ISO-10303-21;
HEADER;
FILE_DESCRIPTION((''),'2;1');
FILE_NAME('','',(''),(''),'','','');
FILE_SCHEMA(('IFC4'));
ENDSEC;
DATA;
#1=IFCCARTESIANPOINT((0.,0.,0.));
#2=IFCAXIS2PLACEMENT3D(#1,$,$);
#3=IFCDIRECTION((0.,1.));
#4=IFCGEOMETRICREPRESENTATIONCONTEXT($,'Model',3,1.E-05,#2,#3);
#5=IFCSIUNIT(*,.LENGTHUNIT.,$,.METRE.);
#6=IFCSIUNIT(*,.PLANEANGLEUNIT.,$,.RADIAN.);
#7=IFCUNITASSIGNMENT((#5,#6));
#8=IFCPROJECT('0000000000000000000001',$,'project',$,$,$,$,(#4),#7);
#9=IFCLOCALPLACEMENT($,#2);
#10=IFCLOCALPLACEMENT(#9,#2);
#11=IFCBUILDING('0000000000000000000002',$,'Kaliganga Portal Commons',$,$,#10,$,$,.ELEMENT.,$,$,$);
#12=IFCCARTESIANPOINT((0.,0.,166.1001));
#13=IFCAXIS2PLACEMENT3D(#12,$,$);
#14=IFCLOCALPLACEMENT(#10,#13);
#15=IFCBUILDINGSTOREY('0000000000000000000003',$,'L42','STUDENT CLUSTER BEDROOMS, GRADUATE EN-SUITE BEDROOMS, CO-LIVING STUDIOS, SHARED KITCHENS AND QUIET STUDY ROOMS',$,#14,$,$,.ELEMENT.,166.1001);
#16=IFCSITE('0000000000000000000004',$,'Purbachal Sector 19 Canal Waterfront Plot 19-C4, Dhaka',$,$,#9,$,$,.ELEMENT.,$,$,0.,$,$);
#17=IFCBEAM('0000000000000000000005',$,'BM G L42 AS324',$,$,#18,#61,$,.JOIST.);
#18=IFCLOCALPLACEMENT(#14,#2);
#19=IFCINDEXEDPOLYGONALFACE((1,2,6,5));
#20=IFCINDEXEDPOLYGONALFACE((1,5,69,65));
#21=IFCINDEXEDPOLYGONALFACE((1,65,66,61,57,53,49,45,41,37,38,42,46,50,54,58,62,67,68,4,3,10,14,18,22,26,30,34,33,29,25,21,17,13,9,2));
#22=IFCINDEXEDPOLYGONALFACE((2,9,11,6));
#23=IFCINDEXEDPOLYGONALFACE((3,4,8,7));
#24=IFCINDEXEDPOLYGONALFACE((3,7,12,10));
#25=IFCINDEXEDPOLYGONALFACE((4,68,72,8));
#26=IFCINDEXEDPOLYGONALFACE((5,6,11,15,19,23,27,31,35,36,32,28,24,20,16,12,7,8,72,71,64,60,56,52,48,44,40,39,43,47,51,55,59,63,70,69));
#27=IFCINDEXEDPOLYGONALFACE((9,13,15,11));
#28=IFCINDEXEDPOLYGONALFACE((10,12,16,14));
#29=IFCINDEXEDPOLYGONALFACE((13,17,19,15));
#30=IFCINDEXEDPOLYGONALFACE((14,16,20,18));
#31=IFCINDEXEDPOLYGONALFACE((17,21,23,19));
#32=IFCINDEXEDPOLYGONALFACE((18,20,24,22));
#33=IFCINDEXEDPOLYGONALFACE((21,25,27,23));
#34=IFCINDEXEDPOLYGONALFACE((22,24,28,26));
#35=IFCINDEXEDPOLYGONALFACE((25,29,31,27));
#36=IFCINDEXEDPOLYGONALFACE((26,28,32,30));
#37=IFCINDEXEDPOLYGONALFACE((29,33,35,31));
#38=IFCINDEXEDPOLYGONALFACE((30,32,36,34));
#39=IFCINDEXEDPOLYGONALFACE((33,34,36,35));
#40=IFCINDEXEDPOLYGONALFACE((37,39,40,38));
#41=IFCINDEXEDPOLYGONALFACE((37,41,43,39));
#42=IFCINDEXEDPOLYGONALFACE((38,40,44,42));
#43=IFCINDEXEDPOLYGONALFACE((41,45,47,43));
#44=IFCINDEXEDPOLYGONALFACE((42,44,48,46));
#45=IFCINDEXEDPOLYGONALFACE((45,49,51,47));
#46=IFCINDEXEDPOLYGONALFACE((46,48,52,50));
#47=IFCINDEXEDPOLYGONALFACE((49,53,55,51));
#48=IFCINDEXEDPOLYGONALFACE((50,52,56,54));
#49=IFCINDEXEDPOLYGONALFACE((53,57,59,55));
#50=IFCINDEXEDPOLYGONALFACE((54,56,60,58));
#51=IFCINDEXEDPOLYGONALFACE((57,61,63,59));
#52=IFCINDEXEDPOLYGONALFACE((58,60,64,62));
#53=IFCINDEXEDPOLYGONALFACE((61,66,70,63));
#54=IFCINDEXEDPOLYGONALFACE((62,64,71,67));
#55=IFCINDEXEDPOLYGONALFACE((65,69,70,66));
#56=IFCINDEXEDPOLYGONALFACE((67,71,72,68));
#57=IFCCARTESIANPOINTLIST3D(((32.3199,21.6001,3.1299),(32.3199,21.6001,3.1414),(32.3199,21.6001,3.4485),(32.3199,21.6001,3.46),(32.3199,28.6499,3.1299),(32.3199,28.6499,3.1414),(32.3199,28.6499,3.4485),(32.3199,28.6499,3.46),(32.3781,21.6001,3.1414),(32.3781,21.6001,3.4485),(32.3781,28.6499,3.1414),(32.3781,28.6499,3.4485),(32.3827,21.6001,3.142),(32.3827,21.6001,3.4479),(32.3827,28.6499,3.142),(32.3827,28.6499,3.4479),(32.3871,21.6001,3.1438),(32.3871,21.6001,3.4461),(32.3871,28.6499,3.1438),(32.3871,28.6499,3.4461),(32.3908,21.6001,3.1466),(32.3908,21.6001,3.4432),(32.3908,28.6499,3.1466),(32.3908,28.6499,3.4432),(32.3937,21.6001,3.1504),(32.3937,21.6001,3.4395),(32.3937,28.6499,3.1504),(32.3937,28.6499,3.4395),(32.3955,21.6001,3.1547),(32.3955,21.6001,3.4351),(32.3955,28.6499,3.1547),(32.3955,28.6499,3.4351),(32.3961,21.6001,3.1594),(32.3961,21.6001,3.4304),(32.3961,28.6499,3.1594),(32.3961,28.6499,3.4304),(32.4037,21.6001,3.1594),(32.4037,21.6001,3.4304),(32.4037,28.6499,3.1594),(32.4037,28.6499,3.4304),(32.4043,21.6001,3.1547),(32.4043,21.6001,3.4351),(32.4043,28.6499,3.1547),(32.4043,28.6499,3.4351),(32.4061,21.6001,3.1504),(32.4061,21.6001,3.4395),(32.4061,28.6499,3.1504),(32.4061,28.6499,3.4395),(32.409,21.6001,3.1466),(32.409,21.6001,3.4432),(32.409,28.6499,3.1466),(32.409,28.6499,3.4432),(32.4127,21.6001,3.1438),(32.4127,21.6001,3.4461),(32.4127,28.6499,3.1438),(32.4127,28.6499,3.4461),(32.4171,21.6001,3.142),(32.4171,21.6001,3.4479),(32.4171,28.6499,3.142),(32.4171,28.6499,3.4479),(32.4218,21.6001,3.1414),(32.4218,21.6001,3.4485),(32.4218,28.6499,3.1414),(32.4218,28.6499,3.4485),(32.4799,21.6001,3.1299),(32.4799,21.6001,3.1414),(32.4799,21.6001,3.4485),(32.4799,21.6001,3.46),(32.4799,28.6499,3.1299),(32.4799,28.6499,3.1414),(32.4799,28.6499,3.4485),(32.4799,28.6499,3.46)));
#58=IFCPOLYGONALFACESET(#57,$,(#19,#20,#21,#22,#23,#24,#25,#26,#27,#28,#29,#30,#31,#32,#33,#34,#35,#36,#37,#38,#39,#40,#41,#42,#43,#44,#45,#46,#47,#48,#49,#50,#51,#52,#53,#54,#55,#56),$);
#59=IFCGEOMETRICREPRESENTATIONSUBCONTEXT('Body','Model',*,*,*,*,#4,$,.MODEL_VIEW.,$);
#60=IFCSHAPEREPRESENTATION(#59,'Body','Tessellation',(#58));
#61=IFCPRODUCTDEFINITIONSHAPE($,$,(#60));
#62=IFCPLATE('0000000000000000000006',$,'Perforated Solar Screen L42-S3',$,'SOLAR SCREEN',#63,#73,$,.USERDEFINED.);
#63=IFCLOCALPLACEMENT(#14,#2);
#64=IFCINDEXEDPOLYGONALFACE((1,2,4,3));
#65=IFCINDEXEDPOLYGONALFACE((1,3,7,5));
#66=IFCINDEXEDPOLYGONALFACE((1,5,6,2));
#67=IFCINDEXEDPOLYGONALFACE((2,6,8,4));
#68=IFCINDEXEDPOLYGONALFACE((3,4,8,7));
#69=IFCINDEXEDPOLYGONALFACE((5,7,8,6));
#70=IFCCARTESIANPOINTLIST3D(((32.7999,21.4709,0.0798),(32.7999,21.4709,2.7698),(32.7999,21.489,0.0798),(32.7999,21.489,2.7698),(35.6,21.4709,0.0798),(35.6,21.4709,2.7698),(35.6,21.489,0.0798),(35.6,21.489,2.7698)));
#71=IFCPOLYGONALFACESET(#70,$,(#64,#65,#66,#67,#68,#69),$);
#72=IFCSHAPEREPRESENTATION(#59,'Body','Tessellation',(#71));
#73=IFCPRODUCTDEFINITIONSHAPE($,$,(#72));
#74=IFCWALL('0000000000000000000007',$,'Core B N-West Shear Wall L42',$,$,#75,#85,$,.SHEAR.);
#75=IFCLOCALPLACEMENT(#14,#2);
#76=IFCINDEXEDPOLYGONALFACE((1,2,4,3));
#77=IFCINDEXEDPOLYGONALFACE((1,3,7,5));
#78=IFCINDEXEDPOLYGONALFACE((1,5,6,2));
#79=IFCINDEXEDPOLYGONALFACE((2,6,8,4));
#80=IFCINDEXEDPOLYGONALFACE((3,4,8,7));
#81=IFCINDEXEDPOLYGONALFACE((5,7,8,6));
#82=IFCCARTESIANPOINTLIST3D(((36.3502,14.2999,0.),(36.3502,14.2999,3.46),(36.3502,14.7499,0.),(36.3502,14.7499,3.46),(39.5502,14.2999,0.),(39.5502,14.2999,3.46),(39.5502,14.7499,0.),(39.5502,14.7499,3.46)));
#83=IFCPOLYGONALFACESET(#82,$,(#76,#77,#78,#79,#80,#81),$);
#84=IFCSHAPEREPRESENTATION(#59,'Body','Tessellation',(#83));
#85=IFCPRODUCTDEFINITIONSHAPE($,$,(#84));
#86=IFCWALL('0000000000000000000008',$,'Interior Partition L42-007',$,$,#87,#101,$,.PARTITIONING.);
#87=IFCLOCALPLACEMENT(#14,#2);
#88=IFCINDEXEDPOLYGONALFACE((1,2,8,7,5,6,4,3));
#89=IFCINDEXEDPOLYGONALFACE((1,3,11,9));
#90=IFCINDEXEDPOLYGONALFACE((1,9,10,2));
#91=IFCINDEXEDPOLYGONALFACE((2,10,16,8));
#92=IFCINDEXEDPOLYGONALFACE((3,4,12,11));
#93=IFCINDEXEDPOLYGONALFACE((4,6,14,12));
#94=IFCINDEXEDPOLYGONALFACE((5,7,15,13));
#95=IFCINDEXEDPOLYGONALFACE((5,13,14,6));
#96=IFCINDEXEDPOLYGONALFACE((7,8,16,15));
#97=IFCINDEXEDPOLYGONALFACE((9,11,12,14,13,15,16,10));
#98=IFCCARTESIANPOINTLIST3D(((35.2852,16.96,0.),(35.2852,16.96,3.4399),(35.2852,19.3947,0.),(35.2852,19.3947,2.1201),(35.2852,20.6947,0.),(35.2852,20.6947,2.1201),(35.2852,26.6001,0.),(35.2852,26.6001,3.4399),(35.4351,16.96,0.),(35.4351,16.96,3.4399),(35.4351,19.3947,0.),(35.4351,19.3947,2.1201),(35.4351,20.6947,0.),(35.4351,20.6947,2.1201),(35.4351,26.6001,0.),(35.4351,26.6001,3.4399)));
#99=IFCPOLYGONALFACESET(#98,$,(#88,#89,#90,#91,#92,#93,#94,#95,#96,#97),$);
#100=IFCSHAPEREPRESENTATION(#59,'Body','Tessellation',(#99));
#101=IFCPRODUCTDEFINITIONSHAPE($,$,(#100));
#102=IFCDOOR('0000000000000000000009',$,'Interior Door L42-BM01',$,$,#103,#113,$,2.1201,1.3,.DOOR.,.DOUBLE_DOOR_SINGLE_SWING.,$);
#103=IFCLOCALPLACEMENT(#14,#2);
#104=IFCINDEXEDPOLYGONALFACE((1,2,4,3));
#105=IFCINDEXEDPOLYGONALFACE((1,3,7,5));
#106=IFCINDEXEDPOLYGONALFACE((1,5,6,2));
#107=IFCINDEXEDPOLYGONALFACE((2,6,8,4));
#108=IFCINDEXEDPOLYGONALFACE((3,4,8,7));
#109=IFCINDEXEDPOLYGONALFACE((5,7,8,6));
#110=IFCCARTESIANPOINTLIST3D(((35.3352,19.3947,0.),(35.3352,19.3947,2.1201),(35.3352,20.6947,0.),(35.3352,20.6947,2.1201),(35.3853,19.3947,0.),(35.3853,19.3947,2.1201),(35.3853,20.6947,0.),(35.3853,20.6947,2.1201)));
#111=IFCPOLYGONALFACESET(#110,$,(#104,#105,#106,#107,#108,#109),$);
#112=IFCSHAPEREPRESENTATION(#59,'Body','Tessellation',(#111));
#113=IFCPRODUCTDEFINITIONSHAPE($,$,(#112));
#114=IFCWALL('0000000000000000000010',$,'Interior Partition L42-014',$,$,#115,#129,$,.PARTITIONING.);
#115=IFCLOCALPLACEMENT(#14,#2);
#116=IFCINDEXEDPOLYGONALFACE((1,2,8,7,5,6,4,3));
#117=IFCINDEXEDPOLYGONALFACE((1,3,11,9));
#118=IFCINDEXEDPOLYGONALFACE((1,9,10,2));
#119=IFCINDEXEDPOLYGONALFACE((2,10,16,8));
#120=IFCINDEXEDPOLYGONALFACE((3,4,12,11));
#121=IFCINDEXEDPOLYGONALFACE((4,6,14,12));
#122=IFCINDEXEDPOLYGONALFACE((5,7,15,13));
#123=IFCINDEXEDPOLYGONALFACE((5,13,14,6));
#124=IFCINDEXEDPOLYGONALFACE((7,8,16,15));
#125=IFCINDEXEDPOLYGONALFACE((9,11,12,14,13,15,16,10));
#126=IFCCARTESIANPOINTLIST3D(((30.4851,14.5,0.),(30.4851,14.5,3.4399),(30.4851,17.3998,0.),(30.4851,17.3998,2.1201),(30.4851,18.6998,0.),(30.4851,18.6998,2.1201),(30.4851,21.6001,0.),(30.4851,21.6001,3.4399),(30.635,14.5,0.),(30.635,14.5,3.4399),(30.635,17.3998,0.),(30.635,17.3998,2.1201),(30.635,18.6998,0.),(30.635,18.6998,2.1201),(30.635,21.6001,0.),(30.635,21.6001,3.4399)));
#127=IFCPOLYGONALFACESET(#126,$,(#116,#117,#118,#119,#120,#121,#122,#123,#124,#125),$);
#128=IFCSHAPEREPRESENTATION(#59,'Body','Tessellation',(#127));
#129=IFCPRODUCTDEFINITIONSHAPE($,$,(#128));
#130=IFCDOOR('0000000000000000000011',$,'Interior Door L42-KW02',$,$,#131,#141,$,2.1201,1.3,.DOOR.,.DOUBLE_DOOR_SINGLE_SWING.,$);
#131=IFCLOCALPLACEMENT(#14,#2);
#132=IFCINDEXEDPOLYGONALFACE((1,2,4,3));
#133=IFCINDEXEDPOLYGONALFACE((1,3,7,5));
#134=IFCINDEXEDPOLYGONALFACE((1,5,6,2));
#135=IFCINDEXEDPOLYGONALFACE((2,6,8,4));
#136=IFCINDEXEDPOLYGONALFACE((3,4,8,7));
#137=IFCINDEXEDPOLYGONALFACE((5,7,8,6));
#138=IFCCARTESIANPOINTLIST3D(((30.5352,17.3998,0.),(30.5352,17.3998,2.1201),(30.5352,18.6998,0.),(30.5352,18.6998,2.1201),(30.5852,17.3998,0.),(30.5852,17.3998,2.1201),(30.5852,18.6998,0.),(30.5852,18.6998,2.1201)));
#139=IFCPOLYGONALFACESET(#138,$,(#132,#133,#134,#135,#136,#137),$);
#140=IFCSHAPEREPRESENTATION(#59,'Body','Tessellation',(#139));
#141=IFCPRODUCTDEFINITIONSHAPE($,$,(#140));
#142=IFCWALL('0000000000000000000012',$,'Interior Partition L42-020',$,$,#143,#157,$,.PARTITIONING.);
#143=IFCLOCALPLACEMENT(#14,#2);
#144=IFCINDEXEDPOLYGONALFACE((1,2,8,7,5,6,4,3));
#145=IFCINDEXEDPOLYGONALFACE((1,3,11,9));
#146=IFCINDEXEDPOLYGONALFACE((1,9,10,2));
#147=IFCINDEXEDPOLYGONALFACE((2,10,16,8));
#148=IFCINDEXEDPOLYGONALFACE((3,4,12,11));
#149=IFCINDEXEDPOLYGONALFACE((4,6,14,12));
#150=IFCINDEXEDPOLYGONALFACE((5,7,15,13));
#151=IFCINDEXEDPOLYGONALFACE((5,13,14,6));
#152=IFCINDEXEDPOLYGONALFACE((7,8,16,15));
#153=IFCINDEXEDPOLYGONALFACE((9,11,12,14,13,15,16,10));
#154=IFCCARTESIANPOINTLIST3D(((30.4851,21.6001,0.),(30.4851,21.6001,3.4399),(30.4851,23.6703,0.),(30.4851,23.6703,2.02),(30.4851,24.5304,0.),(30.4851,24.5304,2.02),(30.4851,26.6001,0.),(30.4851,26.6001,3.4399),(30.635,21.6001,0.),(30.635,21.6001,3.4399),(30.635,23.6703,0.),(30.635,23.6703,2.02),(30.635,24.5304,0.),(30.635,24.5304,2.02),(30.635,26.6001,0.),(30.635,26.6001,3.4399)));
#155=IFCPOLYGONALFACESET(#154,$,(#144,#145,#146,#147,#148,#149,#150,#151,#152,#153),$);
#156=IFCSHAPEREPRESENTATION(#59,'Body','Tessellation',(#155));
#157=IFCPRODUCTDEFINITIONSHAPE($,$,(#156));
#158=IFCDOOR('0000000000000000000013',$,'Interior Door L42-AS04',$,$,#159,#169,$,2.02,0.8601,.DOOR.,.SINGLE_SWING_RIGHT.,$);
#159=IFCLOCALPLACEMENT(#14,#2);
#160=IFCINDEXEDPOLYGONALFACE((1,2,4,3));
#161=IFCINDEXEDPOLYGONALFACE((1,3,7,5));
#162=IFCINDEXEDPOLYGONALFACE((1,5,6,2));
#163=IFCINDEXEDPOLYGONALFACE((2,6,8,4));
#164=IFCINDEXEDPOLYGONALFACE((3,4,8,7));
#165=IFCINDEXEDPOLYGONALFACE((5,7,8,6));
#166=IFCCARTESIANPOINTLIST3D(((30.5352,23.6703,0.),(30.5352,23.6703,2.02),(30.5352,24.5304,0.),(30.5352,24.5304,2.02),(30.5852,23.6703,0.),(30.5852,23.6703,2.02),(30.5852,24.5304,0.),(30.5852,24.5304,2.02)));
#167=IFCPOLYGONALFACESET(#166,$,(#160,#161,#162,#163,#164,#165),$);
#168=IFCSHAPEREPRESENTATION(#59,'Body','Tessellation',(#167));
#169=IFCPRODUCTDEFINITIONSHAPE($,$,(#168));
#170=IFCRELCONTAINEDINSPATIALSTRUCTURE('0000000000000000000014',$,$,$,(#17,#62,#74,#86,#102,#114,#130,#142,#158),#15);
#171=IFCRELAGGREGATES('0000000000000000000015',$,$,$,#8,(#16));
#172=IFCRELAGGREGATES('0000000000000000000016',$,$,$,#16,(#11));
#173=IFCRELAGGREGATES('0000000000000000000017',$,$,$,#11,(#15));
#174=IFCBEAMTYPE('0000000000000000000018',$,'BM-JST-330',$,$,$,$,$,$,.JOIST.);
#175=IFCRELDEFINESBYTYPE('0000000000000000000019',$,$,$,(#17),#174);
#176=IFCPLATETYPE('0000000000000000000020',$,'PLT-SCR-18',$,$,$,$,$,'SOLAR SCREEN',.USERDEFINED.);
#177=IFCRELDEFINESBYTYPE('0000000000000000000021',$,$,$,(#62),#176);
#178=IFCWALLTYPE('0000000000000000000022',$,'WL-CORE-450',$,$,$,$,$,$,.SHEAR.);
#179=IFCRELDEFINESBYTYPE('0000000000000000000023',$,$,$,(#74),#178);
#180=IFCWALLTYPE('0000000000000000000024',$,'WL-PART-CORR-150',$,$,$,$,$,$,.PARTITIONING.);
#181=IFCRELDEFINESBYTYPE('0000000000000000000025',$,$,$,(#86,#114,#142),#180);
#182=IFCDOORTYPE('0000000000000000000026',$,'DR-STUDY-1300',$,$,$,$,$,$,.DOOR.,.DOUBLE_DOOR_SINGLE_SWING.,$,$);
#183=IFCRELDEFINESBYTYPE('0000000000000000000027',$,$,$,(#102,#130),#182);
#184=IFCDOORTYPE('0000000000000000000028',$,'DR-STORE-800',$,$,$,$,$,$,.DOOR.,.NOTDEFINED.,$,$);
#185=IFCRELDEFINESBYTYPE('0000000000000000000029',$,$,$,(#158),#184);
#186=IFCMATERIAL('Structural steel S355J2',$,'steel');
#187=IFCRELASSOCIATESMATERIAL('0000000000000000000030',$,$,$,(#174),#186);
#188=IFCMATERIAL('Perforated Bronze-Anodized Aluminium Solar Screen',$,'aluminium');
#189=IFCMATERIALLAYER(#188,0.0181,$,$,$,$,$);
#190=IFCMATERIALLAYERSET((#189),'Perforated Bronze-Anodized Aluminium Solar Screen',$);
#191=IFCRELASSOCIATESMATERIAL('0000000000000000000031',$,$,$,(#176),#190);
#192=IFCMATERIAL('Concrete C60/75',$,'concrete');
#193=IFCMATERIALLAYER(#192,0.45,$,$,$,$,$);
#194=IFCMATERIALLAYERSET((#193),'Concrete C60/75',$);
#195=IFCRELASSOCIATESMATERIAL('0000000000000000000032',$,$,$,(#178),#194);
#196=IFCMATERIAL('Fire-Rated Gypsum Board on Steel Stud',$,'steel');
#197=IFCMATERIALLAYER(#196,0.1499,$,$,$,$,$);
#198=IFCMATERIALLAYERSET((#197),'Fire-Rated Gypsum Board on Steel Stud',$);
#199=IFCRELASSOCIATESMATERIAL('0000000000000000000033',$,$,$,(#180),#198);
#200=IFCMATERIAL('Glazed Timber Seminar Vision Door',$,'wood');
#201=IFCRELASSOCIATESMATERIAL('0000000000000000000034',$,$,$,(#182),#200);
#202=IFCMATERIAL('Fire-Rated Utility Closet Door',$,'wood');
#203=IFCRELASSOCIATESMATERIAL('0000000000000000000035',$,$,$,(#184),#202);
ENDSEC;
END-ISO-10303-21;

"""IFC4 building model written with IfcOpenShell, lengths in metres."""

from ifc_helpers import new_model, si_unit, direction, frame, frame_2d, origin, origin_2d, place, context, subcontext, project, spatial, rectangle, i_section, extrude, source, transform, mapped, material, layer, layer_set, material_profile, profile_set, type_object, element, fill, save


model = new_model("IFC4")

# Units and contexts
model_context = context("Model", 3, precision=1e-05, world=origin(), true_north=direction((0.0, 1.0)))
body_context = subcontext(model_context, "Body", "Model", "MODEL_VIEW")
ifc_project = project(units=[si_unit("LENGTHUNIT", "METRE"), si_unit("PLANEANGLEUNIT", "RADIAN")], contexts=[model_context])

# Site, building, storey
site_placement = place(None, origin())
site = spatial("IfcSite", under=ifc_project, at=site_placement, Name="Purbachal Sector 19 Canal Waterfront Plot 19-C4, Dhaka", CompositionType="ELEMENT", RefElevation=0.0)
building_placement = place(site_placement, origin())
building = spatial("IfcBuilding", under=site, at=building_placement, Name="Kaliganga Portal Commons", CompositionType="ELEMENT")
storey_placement = place(building_placement, frame((0.0, 0.0, 166.1001)))
storey = spatial("IfcBuildingStorey", under=building, at=storey_placement, Name="L42", Description="STUDENT CLUSTER BEDROOMS, GRADUATE EN-SUITE BEDROOMS, CO-LIVING STUDIOS, SHARED KITCHENS AND QUIET STUDY ROOMS", CompositionType="ELEMENT", Elevation=166.1001)

# Shared definitions
ifc_material_1 = material(Name="Concrete C60/75", Category="concrete")

# Beam
ifc_material_2 = material(Name="Structural steel S355J2", Category="steel")
ifc_material_profile_1 = material_profile(ifc_material_2, i_section(OverallWidth=0.1599, OverallDepth=0.3301, WebThickness=0.0076, FlangeThickness=0.0115, FilletRadius=0.0181, at=origin_2d()), Name="IPE 330")
ifc_profile_set_1 = profile_set([ifc_material_profile_1], Name="Structural steel S355J2 wide-flange")
beam_type_1 = type_object("IfcBeamType", Name="BM-JST-330", PredefinedType="JOIST", material=ifc_profile_set_1)
shared_shape_1 = source(origin(), body_context, "Body", "SweptSolid", [
    extrude(i_section(OverallWidth=0.1599, OverallDepth=0.3301, WebThickness=0.0076, FlangeThickness=0.0115, FilletRadius=0.0181, at=origin_2d()), origin(), (0.0, 0.0, 1.0), 7.0498),
])
beam_1_placement = place(storey_placement, frame((32.3999, 21.6001, 3.2949), z_axis=(0.0, 1.0, 0.0), x_axis=(-1.0, 0.0, 0.0)))
element("IfcBeam", 1, at=beam_1_placement, inside=storey, type_object=beam_type_1, Name="BM G L42 AS324", PredefinedType="JOIST", context=body_context, shape_type="MappedRepresentation", body=[
    mapped(shared_shape_1, transform((0.0, 0.0, 0.0), x_axis=(1.0, 0.0, 0.0), y_axis=(0.0, 1.0, 0.0), z_axis=(0.0, 0.0, 1.0), scale=1.0)),
])

# Plate
ifc_material_3 = material(Name="Perforated Bronze-Anodized Aluminium Solar Screen", Category="aluminium")
ifc_layer_1 = layer(ifc_material_3, 0.0181)
ifc_layer_set_1 = layer_set([ifc_layer_1], Name="Perforated Bronze-Anodized Aluminium Solar Screen")
plate_type = type_object("IfcPlateType", Name="PLT-SCR-18", ElementType="SOLAR SCREEN", PredefinedType="USERDEFINED", material=ifc_layer_set_1)
shared_shape_2 = source(origin(), body_context, "Body", "SweptSolid", [
    extrude(rectangle(XDim=2.8, YDim=0.0181, at=origin_2d()), origin(), (0.0, 0.0, 1.0), 2.6899),
])
plate_placement = place(storey_placement, frame((34.2, 21.48, 0.0798), z_axis=(0.0, 0.0, 1.0), x_axis=(1.0, 0.0, 0.0)))
element("IfcPlate", 2, at=plate_placement, inside=storey, type_object=plate_type, Name="Perforated Solar Screen L42-S3", ObjectType="SOLAR SCREEN", PredefinedType="USERDEFINED", context=body_context, shape_type="MappedRepresentation", body=[
    mapped(shared_shape_2, transform((0.0, 0.0, 0.0), x_axis=(1.0, 0.0, 0.0), y_axis=(0.0, 1.0, 0.0), z_axis=(0.0, 0.0, 1.0), scale=1.0)),
])

# Wall
ifc_layer_2 = layer(ifc_material_1, 0.45)
ifc_layer_set_2 = layer_set([ifc_layer_2], Name="Concrete C60/75")
wall_type_1 = type_object("IfcWallType", Name="WL-CORE-450", PredefinedType="SHEAR", material=ifc_layer_set_2)
wall_1_placement = place(storey_placement, frame((36.3501, 14.5249, 0.0), z_axis=(0.0, 0.0, 1.0), x_axis=(1.0, 0.0, 0.0)))
element("IfcWall", 3, at=wall_1_placement, inside=storey, type_object=wall_type_1, Name="Core B N-West Shear Wall L42", PredefinedType="SHEAR", context=body_context, shape_type="SweptSolid", body=[
    extrude(rectangle(XDim=3.2, YDim=0.45, at=frame_2d((1.6001, 0.0))), origin(), (0.0, 0.0, 1.0), 3.46),
])

# Walls, openings, doors
ifc_material_4 = material(Name="Fire-Rated Gypsum Board on Steel Stud", Category="steel")
ifc_layer_3 = layer(ifc_material_4, 0.1499)
ifc_layer_set_3 = layer_set([ifc_layer_3], Name="Fire-Rated Gypsum Board on Steel Stud")
wall_type_2 = type_object("IfcWallType", Name="WL-PART-CORR-150", PredefinedType="PARTITIONING", material=ifc_layer_set_3)
wall_2_placement = place(storey_placement, frame((35.3601, 16.96, 0.0), z_axis=(0.0, 0.0, 1.0), x_axis=(0.0, 1.0, 0.0)))
wall_2 = element("IfcWall", 4, at=wall_2_placement, inside=storey, type_object=wall_type_2, Name="Interior Partition L42-007", PredefinedType="PARTITIONING", context=body_context, shape_type="SweptSolid", body=[
    extrude(rectangle(XDim=9.6401, YDim=0.1499, at=frame_2d((4.8201, 0.0))), origin(), (0.0, 0.0, 1.0), 3.4399),
])
opening_1_placement = place(wall_2_placement, frame((2.4348, 0.0, 0.0)))
opening_1 = element("IfcOpeningElement", 5, at=opening_1_placement, cuts=wall_2, PredefinedType="OPENING", context=body_context, shape_type="SweptSolid", body=[
    extrude(rectangle(XDim=1.3, YDim=2.1201, at=frame_2d((0.6499, 1.0601))), frame((0.0, 0.085, 0.0), z_axis=(0.0, -1.0, 0.0), x_axis=(1.0, 0.0, 0.0)), (0.0, 0.0, 1.0), 0.1699),
])
ifc_material_5 = material(Name="Glazed Timber Seminar Vision Door", Category="wood")
door_type_1 = type_object("IfcDoorType", Name="DR-STUDY-1300", OperationType="DOUBLE_DOOR_SINGLE_SWING", PredefinedType="DOOR", material=ifc_material_5)
door_1_placement = place(opening_1_placement, origin())
door_1 = element("IfcDoor", 6, at=door_1_placement, inside=storey, type_object=door_type_1, Name="Interior Door L42-BM01", OperationType="DOUBLE_DOOR_SINGLE_SWING", OverallHeight=2.1201, OverallWidth=1.3, PredefinedType="DOOR", context=body_context, shape_type="SweptSolid", body=[
    extrude(rectangle(XDim=1.3, YDim=2.1201, at=frame_2d((0.6499, 1.0601))), frame((0.0, 0.0249, 0.0), z_axis=(0.0, -1.0, 0.0), x_axis=(1.0, 0.0, 0.0)), (0.0, 0.0, 1.0), 0.05),
])
fill(opening_1, door_1)
wall_3_placement = place(storey_placement, frame((30.5601, 14.5, 0.0), z_axis=(0.0, 0.0, 1.0), x_axis=(0.0, 1.0, 0.0)))
wall_3 = element("IfcWall", 7, at=wall_3_placement, inside=storey, type_object=wall_type_2, Name="Interior Partition L42-014", PredefinedType="PARTITIONING", context=body_context, shape_type="SweptSolid", body=[
    extrude(rectangle(XDim=7.1001, YDim=0.1499, at=frame_2d((3.55, 0.0))), origin(), (0.0, 0.0, 1.0), 3.4399),
])
opening_2_placement = place(wall_3_placement, frame((2.8999, 0.0, 0.0)))
opening_2 = element("IfcOpeningElement", 8, at=opening_2_placement, cuts=wall_3, PredefinedType="OPENING", context=body_context, shape_type="SweptSolid", body=[
    extrude(rectangle(XDim=1.3, YDim=2.1201, at=frame_2d((0.6499, 1.0601))), frame((0.0, 0.085, 0.0), z_axis=(0.0, -1.0, 0.0), x_axis=(1.0, 0.0, 0.0)), (0.0, 0.0, 1.0), 0.1699),
])
door_2_placement = place(opening_2_placement, origin())
door_2 = element("IfcDoor", 9, at=door_2_placement, inside=storey, type_object=door_type_1, Name="Interior Door L42-KW02", OperationType="DOUBLE_DOOR_SINGLE_SWING", OverallHeight=2.1201, OverallWidth=1.3, PredefinedType="DOOR", context=body_context, shape_type="SweptSolid", body=[
    extrude(rectangle(XDim=1.3, YDim=2.1201, at=frame_2d((0.6499, 1.0601))), frame((0.0, 0.0249, 0.0), z_axis=(0.0, -1.0, 0.0), x_axis=(1.0, 0.0, 0.0)), (0.0, 0.0, 1.0), 0.05),
])
fill(opening_2, door_2)
wall_4_placement = place(storey_placement, frame((30.5601, 21.6001, 0.0), z_axis=(0.0, 0.0, 1.0), x_axis=(0.0, 1.0, 0.0)))
wall_4 = element("IfcWall", 10, at=wall_4_placement, inside=storey, type_object=wall_type_2, Name="Interior Partition L42-020", PredefinedType="PARTITIONING", context=body_context, shape_type="SweptSolid", body=[
    extrude(rectangle(XDim=5.0, YDim=0.1499, at=frame_2d((2.5, 0.0))), origin(), (0.0, 0.0, 1.0), 3.4399),
])
opening_3_placement = place(wall_4_placement, frame((2.0701, 0.0, 0.0)))
opening_3 = element("IfcOpeningElement", 11, at=opening_3_placement, cuts=wall_4, PredefinedType="OPENING", context=body_context, shape_type="SweptSolid", body=[
    extrude(rectangle(XDim=0.8601, YDim=2.02, at=frame_2d((0.4302, 1.01))), frame((0.0, 0.085, 0.0), z_axis=(0.0, -1.0, 0.0), x_axis=(1.0, 0.0, 0.0)), (0.0, 0.0, 1.0), 0.1699),
])
ifc_material_6 = material(Name="Fire-Rated Utility Closet Door", Category="wood")
door_type_2 = type_object("IfcDoorType", Name="DR-STORE-800", OperationType="NOTDEFINED", PredefinedType="DOOR", material=ifc_material_6)
door_3_placement = place(opening_3_placement, origin())
door_3 = element("IfcDoor", 12, at=door_3_placement, inside=storey, type_object=door_type_2, Name="Interior Door L42-AS04", OperationType="SINGLE_SWING_RIGHT", OverallHeight=2.02, OverallWidth=0.8601, PredefinedType="DOOR", context=body_context, shape_type="SweptSolid", body=[
    extrude(rectangle(XDim=0.8601, YDim=2.02, at=frame_2d((0.4302, 1.01))), frame((0.0, 0.0249, 0.0), z_axis=(0.0, -1.0, 0.0), x_axis=(1.0, 0.0, 0.0)), (0.0, 0.0, 1.0), 0.05),
])
fill(opening_3, door_3)

save(model, "model.ifc")
